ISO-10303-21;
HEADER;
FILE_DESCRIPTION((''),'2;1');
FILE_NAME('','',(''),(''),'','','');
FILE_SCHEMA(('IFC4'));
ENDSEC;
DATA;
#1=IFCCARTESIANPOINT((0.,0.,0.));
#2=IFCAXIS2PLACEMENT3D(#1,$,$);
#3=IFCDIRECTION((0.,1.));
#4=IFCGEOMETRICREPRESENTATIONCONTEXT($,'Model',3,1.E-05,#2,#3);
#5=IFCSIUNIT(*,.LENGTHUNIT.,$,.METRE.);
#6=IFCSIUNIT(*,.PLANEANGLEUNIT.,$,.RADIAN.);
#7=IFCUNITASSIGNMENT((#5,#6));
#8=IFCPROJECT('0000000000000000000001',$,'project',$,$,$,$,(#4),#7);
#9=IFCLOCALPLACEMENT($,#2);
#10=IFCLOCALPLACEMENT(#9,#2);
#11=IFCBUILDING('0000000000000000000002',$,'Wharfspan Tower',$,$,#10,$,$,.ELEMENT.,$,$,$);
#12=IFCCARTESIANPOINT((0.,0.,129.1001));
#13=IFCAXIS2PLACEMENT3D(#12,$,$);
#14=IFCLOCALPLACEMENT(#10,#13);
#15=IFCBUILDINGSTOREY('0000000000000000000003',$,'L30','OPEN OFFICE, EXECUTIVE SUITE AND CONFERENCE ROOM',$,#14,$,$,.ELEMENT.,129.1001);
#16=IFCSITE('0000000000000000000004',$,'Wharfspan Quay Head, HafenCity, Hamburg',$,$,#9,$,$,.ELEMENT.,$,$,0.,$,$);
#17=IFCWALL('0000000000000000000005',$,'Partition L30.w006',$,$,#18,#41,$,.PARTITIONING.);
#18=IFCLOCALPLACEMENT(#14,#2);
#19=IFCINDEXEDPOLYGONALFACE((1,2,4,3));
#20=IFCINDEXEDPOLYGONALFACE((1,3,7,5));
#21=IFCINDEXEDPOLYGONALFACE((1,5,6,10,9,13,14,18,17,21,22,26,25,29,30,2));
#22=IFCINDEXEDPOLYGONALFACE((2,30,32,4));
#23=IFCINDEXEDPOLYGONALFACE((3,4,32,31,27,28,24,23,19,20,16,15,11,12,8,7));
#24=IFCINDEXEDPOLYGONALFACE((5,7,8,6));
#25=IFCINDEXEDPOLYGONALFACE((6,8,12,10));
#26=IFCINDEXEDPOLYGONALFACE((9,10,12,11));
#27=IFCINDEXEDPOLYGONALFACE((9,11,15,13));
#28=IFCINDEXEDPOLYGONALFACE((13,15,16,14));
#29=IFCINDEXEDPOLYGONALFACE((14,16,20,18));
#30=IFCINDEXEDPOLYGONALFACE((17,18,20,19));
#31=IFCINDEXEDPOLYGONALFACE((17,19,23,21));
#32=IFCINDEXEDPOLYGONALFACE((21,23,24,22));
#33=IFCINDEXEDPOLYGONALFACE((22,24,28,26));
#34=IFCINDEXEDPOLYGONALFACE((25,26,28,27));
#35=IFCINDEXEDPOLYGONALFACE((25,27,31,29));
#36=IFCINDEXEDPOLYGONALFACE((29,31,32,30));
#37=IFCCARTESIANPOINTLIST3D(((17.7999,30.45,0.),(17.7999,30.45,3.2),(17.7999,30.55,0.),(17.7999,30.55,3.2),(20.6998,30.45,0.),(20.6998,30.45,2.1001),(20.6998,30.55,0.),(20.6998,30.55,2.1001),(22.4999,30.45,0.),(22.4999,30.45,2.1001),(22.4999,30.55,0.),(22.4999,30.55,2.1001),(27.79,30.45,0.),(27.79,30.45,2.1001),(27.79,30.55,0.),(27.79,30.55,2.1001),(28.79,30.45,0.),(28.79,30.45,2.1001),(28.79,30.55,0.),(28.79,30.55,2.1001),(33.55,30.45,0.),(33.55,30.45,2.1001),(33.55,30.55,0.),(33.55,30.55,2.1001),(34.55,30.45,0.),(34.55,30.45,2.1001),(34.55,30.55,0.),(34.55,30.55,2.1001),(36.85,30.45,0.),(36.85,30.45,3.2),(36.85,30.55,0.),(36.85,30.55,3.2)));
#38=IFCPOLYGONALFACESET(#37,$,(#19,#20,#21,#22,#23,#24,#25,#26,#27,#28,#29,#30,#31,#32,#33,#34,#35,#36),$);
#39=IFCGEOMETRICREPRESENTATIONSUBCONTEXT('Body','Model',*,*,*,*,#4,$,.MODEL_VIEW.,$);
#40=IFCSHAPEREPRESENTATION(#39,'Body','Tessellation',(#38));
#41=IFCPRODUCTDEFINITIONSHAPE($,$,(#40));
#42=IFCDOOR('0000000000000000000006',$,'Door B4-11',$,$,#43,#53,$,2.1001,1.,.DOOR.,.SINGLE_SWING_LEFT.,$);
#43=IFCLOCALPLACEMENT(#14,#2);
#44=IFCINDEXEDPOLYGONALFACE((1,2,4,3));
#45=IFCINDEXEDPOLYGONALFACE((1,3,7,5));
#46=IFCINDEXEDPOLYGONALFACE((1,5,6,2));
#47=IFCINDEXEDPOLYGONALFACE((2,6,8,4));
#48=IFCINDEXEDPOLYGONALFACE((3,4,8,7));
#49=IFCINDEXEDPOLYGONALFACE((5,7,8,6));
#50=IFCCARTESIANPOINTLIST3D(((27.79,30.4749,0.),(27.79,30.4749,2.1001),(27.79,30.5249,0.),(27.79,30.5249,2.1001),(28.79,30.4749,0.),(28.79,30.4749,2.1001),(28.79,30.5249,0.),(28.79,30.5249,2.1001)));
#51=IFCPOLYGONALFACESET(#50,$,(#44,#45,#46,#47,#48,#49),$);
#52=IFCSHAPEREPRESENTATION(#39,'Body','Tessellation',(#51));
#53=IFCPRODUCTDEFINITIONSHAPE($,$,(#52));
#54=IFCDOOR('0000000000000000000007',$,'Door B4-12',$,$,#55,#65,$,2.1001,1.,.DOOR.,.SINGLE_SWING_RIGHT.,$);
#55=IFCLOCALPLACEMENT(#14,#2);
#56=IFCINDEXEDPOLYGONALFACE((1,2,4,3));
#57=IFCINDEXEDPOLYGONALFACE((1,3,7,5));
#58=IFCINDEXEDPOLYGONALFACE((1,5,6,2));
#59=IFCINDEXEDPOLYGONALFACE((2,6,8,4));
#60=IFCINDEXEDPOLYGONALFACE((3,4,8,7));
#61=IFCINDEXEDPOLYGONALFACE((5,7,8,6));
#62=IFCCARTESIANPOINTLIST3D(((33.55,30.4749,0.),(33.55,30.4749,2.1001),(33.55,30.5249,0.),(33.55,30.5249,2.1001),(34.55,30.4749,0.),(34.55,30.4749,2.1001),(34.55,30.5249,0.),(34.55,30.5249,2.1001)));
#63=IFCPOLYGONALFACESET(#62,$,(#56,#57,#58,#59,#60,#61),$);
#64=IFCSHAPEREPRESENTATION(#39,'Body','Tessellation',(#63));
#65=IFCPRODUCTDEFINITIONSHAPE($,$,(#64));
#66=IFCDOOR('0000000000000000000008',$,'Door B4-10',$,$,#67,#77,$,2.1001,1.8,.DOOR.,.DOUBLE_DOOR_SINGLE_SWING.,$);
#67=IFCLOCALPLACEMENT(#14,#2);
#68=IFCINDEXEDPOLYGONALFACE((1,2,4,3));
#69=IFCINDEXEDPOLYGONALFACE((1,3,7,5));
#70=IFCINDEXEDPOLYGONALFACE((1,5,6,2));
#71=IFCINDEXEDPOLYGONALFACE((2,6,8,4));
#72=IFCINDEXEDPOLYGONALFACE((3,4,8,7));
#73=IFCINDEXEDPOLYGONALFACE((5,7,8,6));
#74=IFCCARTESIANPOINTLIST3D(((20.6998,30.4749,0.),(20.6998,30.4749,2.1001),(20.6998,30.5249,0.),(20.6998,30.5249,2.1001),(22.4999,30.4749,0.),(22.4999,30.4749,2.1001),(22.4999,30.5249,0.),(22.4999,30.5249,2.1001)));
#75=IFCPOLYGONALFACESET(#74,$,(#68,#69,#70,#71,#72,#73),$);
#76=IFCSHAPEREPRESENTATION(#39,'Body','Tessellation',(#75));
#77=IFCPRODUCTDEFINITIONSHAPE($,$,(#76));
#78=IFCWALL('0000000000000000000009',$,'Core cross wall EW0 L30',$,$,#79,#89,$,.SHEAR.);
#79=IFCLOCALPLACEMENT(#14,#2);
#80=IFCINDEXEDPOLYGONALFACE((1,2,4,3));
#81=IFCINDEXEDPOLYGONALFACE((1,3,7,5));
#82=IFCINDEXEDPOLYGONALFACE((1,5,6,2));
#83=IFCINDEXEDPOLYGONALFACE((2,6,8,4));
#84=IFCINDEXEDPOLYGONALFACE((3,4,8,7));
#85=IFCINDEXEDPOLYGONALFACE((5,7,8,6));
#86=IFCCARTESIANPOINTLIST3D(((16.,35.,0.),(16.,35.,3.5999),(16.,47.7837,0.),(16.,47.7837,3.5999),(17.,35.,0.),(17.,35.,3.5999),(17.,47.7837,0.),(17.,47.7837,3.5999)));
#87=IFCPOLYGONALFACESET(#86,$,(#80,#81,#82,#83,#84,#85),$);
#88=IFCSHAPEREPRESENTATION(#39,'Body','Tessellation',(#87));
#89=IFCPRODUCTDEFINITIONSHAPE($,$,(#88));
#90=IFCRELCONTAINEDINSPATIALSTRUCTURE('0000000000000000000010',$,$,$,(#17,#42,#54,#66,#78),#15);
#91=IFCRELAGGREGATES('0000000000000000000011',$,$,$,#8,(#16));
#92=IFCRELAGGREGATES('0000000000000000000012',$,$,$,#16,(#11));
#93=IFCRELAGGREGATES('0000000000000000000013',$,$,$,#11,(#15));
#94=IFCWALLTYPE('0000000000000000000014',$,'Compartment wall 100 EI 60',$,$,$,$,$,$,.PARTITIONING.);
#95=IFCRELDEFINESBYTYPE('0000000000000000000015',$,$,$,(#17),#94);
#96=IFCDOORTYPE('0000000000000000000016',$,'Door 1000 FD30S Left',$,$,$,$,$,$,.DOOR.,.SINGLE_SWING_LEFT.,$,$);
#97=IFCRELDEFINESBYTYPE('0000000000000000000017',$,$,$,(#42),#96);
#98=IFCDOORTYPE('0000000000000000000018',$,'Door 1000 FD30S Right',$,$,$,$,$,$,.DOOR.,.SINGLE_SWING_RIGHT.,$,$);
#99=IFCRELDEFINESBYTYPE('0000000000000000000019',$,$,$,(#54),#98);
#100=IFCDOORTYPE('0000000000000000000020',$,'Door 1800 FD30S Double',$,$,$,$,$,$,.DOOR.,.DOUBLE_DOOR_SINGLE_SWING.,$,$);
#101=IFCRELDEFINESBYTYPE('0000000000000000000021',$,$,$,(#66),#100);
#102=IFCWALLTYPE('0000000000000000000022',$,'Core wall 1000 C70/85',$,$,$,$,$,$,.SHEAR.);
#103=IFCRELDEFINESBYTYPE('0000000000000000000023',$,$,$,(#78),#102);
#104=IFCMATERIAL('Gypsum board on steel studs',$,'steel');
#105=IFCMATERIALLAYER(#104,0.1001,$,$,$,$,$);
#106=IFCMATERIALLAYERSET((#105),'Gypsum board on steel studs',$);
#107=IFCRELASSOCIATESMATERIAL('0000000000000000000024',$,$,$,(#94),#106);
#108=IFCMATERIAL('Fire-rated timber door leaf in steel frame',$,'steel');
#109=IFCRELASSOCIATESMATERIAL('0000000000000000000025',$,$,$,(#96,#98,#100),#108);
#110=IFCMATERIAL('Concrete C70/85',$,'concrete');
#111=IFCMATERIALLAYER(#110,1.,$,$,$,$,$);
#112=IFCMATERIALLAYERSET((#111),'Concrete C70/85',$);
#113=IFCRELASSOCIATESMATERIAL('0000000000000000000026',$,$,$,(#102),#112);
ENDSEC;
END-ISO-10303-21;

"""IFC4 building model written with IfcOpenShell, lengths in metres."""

from ifc_helpers import new_model, si_unit, direction, frame, frame_2d, origin, place, context, subcontext, project, spatial, rectangle, extrude, material, layer, layer_set, type_object, element, fill, save


model = new_model("IFC4")

# Units and contexts
model_context = context("Model", 3, precision=1e-05, world=origin(), true_north=direction((0.0, 1.0)))
body_context = subcontext(model_context, "Body", "Model", "MODEL_VIEW")
ifc_project = project(units=[si_unit("LENGTHUNIT", "METRE"), si_unit("PLANEANGLEUNIT", "RADIAN")], contexts=[model_context])

# Site, building, storey
site_placement = place(None, origin())
site = spatial("IfcSite", under=ifc_project, at=site_placement, Name="Wharfspan Quay Head, HafenCity, Hamburg", CompositionType="ELEMENT", RefElevation=0.0)
building_placement = place(site_placement, origin())
building = spatial("IfcBuilding", under=site, at=building_placement, Name="Wharfspan Tower", CompositionType="ELEMENT")
storey_placement = place(building_placement, frame((0.0, 0.0, 129.1001)))
storey = spatial("IfcBuildingStorey", under=building, at=storey_placement, Name="L30", Description="OPEN OFFICE, EXECUTIVE SUITE AND CONFERENCE ROOM", CompositionType="ELEMENT", Elevation=129.1001)

# Wall, openings, doors
ifc_material_1 = material(Name="Gypsum board on steel studs", Category="steel")
ifc_layer_1 = layer(ifc_material_1, 0.1001)
ifc_layer_set_1 = layer_set([ifc_layer_1], Name="Gypsum board on steel studs")
wall_type_1 = type_object("IfcWallType", Name="Compartment wall 100 EI 60", PredefinedType="PARTITIONING", material=ifc_layer_set_1)
wall_1_placement = place(storey_placement, frame((17.8, 30.5, 0.0), z_axis=(0.0, 0.0, 1.0), x_axis=(1.0, 0.0, 0.0)))
wall_1 = element("IfcWall", 1, at=wall_1_placement, inside=storey, type_object=wall_type_1, Name="Partition L30.w006", PredefinedType="PARTITIONING", context=body_context, shape_type="SweptSolid", body=[
    extrude(rectangle(XDim=19.05, YDim=0.1001, at=frame_2d((9.5249, 0.0))), origin(), (0.0, 0.0, 1.0), 3.2),
])
opening_1_placement = place(wall_1_placement, frame((2.8999, 0.0, 0.0)))
opening_1 = element("IfcOpeningElement", 2, at=opening_1_placement, cuts=wall_1, PredefinedType="OPENING", context=body_context, shape_type="SweptSolid", body=[
    extrude(rectangle(XDim=1.8, YDim=2.1001, at=frame_2d((0.8999, 1.05))), frame((0.0, 0.0601, 0.0), z_axis=(0.0, -1.0, 0.0), x_axis=(1.0, 0.0, 0.0)), (0.0, 0.0, 1.0), 0.1201),
])
opening_2_placement = place(wall_1_placement, frame((9.99, 0.0, 0.0)))
opening_2 = element("IfcOpeningElement", 3, at=opening_2_placement, cuts=wall_1, PredefinedType="OPENING", context=body_context, shape_type="SweptSolid", body=[
    extrude(rectangle(XDim=1.0, YDim=2.1001, at=frame_2d((0.5, 1.05))), frame((0.0, 0.0601, 0.0), z_axis=(0.0, -1.0, 0.0), x_axis=(1.0, 0.0, 0.0)), (0.0, 0.0, 1.0), 0.1201),
])
opening_3_placement = place(wall_1_placement, frame((15.75, 0.0, 0.0)))
opening_3 = element("IfcOpeningElement", 4, at=opening_3_placement, cuts=wall_1, PredefinedType="OPENING", context=body_context, shape_type="SweptSolid", body=[
    extrude(rectangle(XDim=1.0, YDim=2.1001, at=frame_2d((0.5, 1.05))), frame((0.0, 0.0601, 0.0), z_axis=(0.0, -1.0, 0.0), x_axis=(1.0, 0.0, 0.0)), (0.0, 0.0, 1.0), 0.1201),
])
ifc_material_2 = material(Name="Fire-rated timber door leaf in steel frame", Category="steel")
door_type_1 = type_object("IfcDoorType", Name="Door 1000 FD30S Left", OperationType="SINGLE_SWING_LEFT", PredefinedType="DOOR", material=ifc_material_2)
door_1_placement = place(opening_2_placement, origin())
door_1 = element("IfcDoor", 5, at=door_1_placement, inside=storey, type_object=door_type_1, Name="Door B4-11", OperationType="SINGLE_SWING_LEFT", OverallHeight=2.1001, OverallWidth=1.0, PredefinedType="DOOR", context=body_context, shape_type="SweptSolid", body=[
    extrude(rectangle(XDim=1.0, YDim=2.1001, at=frame_2d((0.5, 1.05))), frame((0.0, 0.0249, 0.0), z_axis=(0.0, -1.0, 0.0), x_axis=(1.0, 0.0, 0.0)), (0.0, 0.0, 1.0), 0.05),
])
fill(opening_2, door_1)
door_type_2 = type_object("IfcDoorType", Name="Door 1000 FD30S Right", OperationType="SINGLE_SWING_RIGHT", PredefinedType="DOOR", material=ifc_material_2)
door_2_placement = place(opening_3_placement, origin())
door_2 = element("IfcDoor", 6, at=door_2_placement, inside=storey, type_object=door_type_2, Name="Door B4-12", OperationType="SINGLE_SWING_RIGHT", OverallHeight=2.1001, OverallWidth=1.0, PredefinedType="DOOR", context=body_context, shape_type="SweptSolid", body=[
    extrude(rectangle(XDim=1.0, YDim=2.1001, at=frame_2d((0.5, 1.05))), frame((0.0, 0.0249, 0.0), z_axis=(0.0, -1.0, 0.0), x_axis=(1.0, 0.0, 0.0)), (0.0, 0.0, 1.0), 0.05),
])
fill(opening_3, door_2)
door_type_3 = type_object("IfcDoorType", Name="Door 1800 FD30S Double", OperationType="DOUBLE_DOOR_SINGLE_SWING", PredefinedType="DOOR", material=ifc_material_2)
door_3_placement = place(opening_1_placement, origin())
door_3 = element("IfcDoor", 7, at=door_3_placement, inside=storey, type_object=door_type_3, Name="Door B4-10", OperationType="DOUBLE_DOOR_SINGLE_SWING", OverallHeight=2.1001, OverallWidth=1.8, PredefinedType="DOOR", context=body_context, shape_type="SweptSolid", body=[
    extrude(rectangle(XDim=1.8, YDim=2.1001, at=frame_2d((0.8999, 1.05))), frame((0.0, 0.0249, 0.0), z_axis=(0.0, -1.0, 0.0), x_axis=(1.0, 0.0, 0.0)), (0.0, 0.0, 1.0), 0.05),
])
fill(opening_1, door_3)
ifc_material_3 = material(Name="Concrete C70/85", Category="concrete")
ifc_layer_2 = layer(ifc_material_3, 1.0)
ifc_layer_set_2 = layer_set([ifc_layer_2], Name="Concrete C70/85")
wall_type_2 = type_object("IfcWallType", Name="Core wall 1000 C70/85", PredefinedType="SHEAR", material=ifc_layer_set_2)

# Wall
wall_2_placement = place(storey_placement, frame((16.5, 35.0, 0.0), z_axis=(0.0, 0.0, 1.0), x_axis=(0.0, 1.0, 0.0)))
element("IfcWall", 8, at=wall_2_placement, inside=storey, type_object=wall_type_2, Name="Core cross wall EW0 L30", PredefinedType="SHEAR", context=body_context, shape_type="SweptSolid", body=[
    extrude(rectangle(XDim=12.7837, YDim=1.0, at=frame_2d((6.3918, 0.0))), origin(), (0.0, 0.0, 1.0), 3.5999),
])

save(model, "model.ifc")
